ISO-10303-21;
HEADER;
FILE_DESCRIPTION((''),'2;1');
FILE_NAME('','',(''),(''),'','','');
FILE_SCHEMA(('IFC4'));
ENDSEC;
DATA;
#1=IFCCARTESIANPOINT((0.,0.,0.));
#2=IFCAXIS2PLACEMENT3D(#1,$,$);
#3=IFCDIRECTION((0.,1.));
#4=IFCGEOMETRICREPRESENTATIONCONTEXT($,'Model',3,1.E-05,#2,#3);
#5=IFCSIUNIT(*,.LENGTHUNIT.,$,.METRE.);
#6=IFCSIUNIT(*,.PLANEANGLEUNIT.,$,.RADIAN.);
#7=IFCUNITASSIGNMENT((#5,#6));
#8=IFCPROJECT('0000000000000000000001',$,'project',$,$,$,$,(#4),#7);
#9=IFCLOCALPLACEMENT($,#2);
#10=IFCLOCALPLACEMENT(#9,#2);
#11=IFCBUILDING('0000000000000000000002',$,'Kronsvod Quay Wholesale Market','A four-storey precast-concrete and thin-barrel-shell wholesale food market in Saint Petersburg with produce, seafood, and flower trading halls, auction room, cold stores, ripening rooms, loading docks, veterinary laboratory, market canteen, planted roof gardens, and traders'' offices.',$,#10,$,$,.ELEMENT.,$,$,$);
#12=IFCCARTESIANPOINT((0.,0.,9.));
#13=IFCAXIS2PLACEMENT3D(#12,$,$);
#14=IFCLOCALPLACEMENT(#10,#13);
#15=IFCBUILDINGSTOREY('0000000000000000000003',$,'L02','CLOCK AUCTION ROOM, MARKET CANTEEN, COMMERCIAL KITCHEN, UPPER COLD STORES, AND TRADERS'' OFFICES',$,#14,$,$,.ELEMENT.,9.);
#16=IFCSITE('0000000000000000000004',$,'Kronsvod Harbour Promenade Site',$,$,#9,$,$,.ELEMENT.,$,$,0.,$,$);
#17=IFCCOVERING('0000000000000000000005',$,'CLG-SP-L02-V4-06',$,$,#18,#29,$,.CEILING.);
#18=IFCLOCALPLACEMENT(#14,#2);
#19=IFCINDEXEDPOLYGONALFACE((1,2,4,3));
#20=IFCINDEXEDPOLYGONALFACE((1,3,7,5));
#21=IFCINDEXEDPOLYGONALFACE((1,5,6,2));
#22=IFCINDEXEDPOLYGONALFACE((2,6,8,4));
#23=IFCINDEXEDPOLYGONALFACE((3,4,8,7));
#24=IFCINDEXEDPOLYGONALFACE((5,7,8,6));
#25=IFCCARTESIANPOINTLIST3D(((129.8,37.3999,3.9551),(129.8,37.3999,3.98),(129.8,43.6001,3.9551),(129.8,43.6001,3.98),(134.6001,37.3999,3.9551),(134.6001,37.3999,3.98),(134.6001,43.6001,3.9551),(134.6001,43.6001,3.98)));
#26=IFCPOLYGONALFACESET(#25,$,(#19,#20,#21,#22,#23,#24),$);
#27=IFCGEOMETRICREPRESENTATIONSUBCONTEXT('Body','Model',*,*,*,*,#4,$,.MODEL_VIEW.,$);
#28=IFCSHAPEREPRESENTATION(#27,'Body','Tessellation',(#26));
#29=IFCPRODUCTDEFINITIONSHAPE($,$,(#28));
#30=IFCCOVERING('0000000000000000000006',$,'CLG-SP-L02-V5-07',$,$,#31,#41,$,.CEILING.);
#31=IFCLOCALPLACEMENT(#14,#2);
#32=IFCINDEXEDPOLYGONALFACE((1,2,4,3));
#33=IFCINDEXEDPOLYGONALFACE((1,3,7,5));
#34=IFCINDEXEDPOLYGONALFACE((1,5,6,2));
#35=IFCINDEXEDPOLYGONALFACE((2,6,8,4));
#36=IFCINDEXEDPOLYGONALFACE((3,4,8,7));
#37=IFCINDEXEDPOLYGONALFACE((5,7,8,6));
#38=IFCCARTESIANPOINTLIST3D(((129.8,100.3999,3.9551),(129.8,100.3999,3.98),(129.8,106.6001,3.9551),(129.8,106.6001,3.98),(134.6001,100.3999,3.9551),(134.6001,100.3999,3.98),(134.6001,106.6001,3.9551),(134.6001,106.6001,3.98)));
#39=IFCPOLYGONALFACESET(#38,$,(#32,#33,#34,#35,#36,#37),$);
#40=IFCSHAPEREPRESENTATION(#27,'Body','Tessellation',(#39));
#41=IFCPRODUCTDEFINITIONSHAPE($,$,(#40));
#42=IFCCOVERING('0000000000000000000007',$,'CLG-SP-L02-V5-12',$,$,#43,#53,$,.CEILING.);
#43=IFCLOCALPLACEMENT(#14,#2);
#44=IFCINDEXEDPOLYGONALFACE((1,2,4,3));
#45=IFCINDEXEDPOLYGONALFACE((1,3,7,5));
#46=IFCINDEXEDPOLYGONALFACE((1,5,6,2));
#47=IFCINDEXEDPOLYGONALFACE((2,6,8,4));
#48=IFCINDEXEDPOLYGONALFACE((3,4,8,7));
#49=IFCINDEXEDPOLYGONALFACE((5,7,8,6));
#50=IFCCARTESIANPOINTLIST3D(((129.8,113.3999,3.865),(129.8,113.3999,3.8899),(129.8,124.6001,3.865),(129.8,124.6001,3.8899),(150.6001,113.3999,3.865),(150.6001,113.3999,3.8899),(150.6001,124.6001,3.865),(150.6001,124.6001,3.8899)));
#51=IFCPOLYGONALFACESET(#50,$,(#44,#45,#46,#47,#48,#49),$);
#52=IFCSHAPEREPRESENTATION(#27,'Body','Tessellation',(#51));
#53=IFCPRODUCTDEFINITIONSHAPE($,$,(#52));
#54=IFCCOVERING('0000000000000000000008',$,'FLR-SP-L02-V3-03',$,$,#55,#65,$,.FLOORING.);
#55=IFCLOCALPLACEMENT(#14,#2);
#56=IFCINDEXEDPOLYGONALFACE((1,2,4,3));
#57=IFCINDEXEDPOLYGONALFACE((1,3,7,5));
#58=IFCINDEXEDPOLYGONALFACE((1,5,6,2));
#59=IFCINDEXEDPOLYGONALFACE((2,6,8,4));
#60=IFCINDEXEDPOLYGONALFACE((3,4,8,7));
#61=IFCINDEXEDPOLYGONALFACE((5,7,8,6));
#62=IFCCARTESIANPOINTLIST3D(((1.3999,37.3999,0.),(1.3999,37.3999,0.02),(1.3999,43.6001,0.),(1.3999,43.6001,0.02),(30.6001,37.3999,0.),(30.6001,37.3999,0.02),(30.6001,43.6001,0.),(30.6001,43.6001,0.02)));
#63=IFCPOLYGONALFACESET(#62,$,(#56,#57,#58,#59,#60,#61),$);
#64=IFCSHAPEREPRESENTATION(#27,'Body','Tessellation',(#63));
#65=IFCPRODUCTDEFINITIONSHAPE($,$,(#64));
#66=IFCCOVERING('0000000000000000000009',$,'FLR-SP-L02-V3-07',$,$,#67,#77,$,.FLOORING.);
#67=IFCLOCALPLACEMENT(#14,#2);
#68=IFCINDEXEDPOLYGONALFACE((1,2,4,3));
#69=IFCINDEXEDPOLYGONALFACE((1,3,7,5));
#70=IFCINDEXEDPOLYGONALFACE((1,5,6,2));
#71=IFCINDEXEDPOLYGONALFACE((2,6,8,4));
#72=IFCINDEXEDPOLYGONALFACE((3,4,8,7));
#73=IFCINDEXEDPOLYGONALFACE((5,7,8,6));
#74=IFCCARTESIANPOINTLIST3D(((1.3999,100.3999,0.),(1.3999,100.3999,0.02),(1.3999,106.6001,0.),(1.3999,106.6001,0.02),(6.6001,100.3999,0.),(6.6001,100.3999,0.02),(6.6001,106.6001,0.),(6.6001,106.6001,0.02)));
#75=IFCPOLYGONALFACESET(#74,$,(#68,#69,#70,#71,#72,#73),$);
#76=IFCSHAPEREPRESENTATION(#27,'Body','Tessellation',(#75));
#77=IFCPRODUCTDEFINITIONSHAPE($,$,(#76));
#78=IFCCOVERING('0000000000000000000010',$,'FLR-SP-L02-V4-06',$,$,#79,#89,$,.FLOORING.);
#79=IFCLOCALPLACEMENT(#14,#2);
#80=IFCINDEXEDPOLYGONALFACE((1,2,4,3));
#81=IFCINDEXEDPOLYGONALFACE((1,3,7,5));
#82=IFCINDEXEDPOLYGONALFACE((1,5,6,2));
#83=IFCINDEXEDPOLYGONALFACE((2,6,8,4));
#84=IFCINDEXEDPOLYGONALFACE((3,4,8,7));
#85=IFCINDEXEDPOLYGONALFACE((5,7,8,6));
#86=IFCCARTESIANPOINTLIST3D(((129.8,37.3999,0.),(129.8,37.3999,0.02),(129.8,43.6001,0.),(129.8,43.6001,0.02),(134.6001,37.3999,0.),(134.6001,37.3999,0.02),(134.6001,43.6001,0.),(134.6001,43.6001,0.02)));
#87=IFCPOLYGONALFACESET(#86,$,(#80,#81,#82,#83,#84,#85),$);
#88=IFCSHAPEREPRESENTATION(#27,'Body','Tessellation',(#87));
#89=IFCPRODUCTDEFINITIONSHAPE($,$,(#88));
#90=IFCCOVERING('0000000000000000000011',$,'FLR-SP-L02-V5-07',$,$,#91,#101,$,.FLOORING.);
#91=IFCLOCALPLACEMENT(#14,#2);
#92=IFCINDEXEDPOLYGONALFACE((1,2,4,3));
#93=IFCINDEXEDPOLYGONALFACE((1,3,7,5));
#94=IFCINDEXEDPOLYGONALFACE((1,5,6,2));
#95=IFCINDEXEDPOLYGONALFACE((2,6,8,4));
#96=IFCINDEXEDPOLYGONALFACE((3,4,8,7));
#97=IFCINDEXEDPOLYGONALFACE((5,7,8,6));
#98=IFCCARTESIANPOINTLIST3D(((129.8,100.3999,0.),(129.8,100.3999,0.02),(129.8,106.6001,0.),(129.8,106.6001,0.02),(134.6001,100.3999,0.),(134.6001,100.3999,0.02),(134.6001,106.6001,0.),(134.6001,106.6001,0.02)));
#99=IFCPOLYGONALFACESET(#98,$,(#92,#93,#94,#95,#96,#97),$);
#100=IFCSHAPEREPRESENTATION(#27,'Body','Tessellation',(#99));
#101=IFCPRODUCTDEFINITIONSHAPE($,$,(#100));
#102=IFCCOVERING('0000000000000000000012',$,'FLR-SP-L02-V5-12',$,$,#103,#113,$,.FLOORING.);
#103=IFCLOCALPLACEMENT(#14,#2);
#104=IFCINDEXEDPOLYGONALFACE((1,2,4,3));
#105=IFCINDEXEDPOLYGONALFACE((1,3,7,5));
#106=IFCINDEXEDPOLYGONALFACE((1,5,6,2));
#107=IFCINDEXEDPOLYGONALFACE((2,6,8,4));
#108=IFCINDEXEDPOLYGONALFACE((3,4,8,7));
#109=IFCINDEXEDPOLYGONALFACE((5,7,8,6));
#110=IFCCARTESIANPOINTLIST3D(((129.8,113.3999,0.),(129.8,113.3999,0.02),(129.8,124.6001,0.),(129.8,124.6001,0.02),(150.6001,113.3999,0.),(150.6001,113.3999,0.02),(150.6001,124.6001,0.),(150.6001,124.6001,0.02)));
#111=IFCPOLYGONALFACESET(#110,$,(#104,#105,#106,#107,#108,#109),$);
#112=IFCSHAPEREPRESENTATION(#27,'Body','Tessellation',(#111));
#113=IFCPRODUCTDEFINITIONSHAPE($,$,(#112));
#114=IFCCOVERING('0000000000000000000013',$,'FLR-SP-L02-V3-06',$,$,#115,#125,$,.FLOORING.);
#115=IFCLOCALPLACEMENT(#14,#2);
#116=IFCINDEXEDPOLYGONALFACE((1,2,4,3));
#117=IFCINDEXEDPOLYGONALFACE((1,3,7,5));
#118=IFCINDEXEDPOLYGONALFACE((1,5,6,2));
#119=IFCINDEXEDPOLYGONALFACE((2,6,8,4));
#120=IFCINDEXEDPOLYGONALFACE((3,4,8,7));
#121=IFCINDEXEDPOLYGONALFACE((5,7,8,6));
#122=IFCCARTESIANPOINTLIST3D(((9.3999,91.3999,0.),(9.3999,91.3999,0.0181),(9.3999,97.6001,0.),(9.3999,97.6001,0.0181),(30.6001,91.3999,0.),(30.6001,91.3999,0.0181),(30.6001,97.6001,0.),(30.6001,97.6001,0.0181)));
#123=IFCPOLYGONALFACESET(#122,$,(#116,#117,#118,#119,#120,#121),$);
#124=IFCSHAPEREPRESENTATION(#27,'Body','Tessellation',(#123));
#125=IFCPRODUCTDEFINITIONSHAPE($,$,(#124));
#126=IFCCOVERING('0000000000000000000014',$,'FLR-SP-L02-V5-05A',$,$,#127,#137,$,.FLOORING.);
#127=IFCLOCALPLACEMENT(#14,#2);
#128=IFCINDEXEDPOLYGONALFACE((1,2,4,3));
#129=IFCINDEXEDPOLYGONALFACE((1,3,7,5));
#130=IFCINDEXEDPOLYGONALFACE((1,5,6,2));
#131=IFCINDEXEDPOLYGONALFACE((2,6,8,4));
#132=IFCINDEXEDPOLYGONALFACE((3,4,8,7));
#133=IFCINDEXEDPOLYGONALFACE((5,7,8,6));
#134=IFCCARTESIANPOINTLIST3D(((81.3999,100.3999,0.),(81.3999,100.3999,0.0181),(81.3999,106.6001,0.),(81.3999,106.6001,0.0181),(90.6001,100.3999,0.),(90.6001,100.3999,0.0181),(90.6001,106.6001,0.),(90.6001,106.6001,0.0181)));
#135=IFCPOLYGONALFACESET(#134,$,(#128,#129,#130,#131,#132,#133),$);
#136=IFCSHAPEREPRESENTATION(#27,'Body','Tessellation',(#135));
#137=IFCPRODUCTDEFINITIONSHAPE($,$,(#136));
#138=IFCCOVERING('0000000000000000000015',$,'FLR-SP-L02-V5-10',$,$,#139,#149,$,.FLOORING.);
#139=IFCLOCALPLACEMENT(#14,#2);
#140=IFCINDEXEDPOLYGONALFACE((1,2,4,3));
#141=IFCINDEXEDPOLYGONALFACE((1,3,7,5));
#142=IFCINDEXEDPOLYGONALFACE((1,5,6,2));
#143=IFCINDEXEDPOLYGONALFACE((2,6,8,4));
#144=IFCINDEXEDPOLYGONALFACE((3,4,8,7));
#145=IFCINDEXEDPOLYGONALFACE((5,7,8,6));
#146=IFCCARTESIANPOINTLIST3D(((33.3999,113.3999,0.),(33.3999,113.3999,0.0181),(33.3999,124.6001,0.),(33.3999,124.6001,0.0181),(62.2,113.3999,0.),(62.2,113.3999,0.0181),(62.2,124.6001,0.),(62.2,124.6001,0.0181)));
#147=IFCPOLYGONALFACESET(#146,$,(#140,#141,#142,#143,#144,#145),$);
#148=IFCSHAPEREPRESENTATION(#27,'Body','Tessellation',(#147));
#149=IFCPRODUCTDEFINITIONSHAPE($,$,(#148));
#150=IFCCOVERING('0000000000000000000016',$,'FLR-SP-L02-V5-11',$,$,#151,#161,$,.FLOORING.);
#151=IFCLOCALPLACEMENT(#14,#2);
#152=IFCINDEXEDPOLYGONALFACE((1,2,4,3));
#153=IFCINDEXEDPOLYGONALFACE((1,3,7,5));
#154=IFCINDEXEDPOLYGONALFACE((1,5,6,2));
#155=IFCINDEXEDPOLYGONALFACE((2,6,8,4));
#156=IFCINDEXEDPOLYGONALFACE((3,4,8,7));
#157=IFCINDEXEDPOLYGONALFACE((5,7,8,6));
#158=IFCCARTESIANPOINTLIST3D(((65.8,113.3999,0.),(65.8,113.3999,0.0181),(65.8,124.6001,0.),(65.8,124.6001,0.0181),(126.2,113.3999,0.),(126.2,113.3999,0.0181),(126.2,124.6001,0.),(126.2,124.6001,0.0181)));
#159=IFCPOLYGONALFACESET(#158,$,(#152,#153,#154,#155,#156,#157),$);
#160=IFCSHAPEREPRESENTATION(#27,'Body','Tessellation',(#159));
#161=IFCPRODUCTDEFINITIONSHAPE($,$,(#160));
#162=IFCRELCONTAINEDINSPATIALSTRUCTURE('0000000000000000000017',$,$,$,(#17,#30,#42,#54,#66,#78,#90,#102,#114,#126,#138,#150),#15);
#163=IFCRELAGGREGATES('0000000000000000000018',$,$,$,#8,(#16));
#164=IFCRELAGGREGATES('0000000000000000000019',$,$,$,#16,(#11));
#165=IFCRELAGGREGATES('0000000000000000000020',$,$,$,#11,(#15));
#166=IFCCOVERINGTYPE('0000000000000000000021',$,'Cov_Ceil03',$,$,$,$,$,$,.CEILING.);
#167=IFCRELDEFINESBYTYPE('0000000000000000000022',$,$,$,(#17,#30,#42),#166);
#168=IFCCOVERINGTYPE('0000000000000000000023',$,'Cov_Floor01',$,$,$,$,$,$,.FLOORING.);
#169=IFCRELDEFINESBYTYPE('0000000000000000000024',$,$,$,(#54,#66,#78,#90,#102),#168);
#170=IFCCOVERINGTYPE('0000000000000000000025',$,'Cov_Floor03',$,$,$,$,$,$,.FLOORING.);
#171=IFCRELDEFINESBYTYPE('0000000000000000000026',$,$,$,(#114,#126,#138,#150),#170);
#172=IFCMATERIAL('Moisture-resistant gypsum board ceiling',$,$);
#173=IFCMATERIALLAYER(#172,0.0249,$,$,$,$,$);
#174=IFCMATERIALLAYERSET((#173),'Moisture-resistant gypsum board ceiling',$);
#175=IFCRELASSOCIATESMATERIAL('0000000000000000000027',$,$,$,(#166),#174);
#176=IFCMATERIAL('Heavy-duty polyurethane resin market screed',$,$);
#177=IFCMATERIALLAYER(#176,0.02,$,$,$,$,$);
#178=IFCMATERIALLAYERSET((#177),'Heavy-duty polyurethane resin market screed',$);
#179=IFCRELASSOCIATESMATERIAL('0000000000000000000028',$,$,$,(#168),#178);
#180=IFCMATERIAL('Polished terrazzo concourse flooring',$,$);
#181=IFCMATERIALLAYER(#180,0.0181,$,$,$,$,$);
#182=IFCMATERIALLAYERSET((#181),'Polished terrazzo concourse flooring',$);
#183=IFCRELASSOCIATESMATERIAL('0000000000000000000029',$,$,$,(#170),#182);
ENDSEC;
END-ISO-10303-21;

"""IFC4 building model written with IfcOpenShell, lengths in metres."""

from ifc_helpers import new_model, si_unit, direction, frame, origin, place, context, subcontext, project, spatial, polyline, outline, extrude, material, layer, layer_set, type_object, element, save


model = new_model("IFC4")

# Units and contexts
model_context = context("Model", 3, precision=1e-05, world=origin(), true_north=direction((0.0, 1.0)))
body_context = subcontext(model_context, "Body", "Model", "MODEL_VIEW")
ifc_project = project(units=[si_unit("LENGTHUNIT", "METRE"), si_unit("PLANEANGLEUNIT", "RADIAN")], contexts=[model_context])

# Site, building, storey
site_placement = place(None, origin())
site = spatial("IfcSite", under=ifc_project, at=site_placement, Name="Kronsvod Harbour Promenade Site", CompositionType="ELEMENT", RefElevation=0.0)
building_placement = place(site_placement, origin())
building = spatial("IfcBuilding", under=site, at=building_placement, Name="Kronsvod Quay Wholesale Market", Description="A four-storey precast-concrete and thin-barrel-shell wholesale food market in Saint Petersburg with produce, seafood, and flower trading halls, auction room, cold stores, ripening rooms, loading docks, veterinary laboratory, market canteen, planted roof gardens, and traders' offices.", CompositionType="ELEMENT")
storey_placement = place(building_placement, frame((0.0, 0.0, 9.0)))
storey = spatial("IfcBuildingStorey", under=building, at=storey_placement, Name="L02", Description="CLOCK AUCTION ROOM, MARKET CANTEEN, COMMERCIAL KITCHEN, UPPER COLD STORES, AND TRADERS' OFFICES", CompositionType="ELEMENT", Elevation=9.0)

# Coverings
ifc_material_1 = material(Name="Moisture-resistant gypsum board ceiling")
ifc_layer_1 = layer(ifc_material_1, 0.0249)
ifc_layer_set_1 = layer_set([ifc_layer_1], Name="Moisture-resistant gypsum board ceiling")
covering_type_1 = type_object("IfcCoveringType", Name="Cov_Ceil03", PredefinedType="CEILING", material=ifc_layer_set_1)
covering_1_placement = place(storey_placement, frame((0.0, 0.0, 3.9551)))
element("IfcCovering", 1, at=covering_1_placement, inside=storey, type_object=covering_type_1, Name="CLG-SP-L02-V4-06", PredefinedType="CEILING", context=body_context, shape_type="SweptSolid", body=[
    extrude(outline(polyline([(129.8, 37.3999), (134.6001, 37.3999), (134.6001, 43.6001), (129.8, 43.6001), (129.8, 37.3999)])), origin(), (0.0, 0.0, 1.0), 0.0249),
])
covering_2_placement = place(storey_placement, frame((0.0, 0.0, 3.9551)))
element("IfcCovering", 2, at=covering_2_placement, inside=storey, type_object=covering_type_1, Name="CLG-SP-L02-V5-07", PredefinedType="CEILING", context=body_context, shape_type="SweptSolid", body=[
    extrude(outline(polyline([(129.8, 100.3999), (134.6001, 100.3999), (134.6001, 106.6001), (129.8, 106.6001), (129.8, 100.3999)])), origin(), (0.0, 0.0, 1.0), 0.0249),
])
covering_3_placement = place(storey_placement, frame((0.0, 0.0, 3.865)))
element("IfcCovering", 3, at=covering_3_placement, inside=storey, type_object=covering_type_1, Name="CLG-SP-L02-V5-12", PredefinedType="CEILING", context=body_context, shape_type="SweptSolid", body=[
    extrude(outline(polyline([(129.8, 113.3999), (150.6001, 113.3999), (150.6001, 124.6001), (129.8, 124.6001), (129.8, 113.3999)])), origin(), (0.0, 0.0, 1.0), 0.0249),
])
ifc_material_2 = material(Name="Heavy-duty polyurethane resin market screed")
ifc_layer_2 = layer(ifc_material_2, 0.02)
ifc_layer_set_2 = layer_set([ifc_layer_2], Name="Heavy-duty polyurethane resin market screed")
covering_type_2 = type_object("IfcCoveringType", Name="Cov_Floor01", PredefinedType="FLOORING", material=ifc_layer_set_2)
covering_4_placement = place(storey_placement, origin())
element("IfcCovering", 4, at=covering_4_placement, inside=storey, type_object=covering_type_2, Name="FLR-SP-L02-V3-03", PredefinedType="FLOORING", context=body_context, shape_type="SweptSolid", body=[
    extrude(outline(polyline([(1.3999, 37.3999), (30.6001, 37.3999), (30.6001, 43.6001), (1.3999, 43.6001), (1.3999, 37.3999)])), origin(), (0.0, 0.0, 1.0), 0.02),
])
covering_5_placement = place(storey_placement, origin())
element("IfcCovering", 5, at=covering_5_placement, inside=storey, type_object=covering_type_2, Name="FLR-SP-L02-V3-07", PredefinedType="FLOORING", context=body_context, shape_type="SweptSolid", body=[
    extrude(outline(polyline([(1.3999, 100.3999), (6.6001, 100.3999), (6.6001, 106.6001), (1.3999, 106.6001), (1.3999, 100.3999)])), origin(), (0.0, 0.0, 1.0), 0.02),
])
covering_6_placement = place(storey_placement, origin())
element("IfcCovering", 6, at=covering_6_placement, inside=storey, type_object=covering_type_2, Name="FLR-SP-L02-V4-06", PredefinedType="FLOORING", context=body_context, shape_type="SweptSolid", body=[
    extrude(outline(polyline([(129.8, 37.3999), (134.6001, 37.3999), (134.6001, 43.6001), (129.8, 43.6001), (129.8, 37.3999)])), origin(), (0.0, 0.0, 1.0), 0.02),
])
covering_7_placement = place(storey_placement, origin())
element("IfcCovering", 7, at=covering_7_placement, inside=storey, type_object=covering_type_2, Name="FLR-SP-L02-V5-07", PredefinedType="FLOORING", context=body_context, shape_type="SweptSolid", body=[
    extrude(outline(polyline([(129.8, 100.3999), (134.6001, 100.3999), (134.6001, 106.6001), (129.8, 106.6001), (129.8, 100.3999)])), origin(), (0.0, 0.0, 1.0), 0.02),
])
covering_8_placement = place(storey_placement, origin())
element("IfcCovering", 8, at=covering_8_placement, inside=storey, type_object=covering_type_2, Name="FLR-SP-L02-V5-12", PredefinedType="FLOORING", context=body_context, shape_type="SweptSolid", body=[
    extrude(outline(polyline([(129.8, 113.3999), (150.6001, 113.3999), (150.6001, 124.6001), (129.8, 124.6001), (129.8, 113.3999)])), origin(), (0.0, 0.0, 1.0), 0.02),
])
ifc_material_3 = material(Name="Polished terrazzo concourse flooring")
ifc_layer_3 = layer(ifc_material_3, 0.0181)
ifc_layer_set_3 = layer_set([ifc_layer_3], Name="Polished terrazzo concourse flooring")
covering_type_3 = type_object("IfcCoveringType", Name="Cov_Floor03", PredefinedType="FLOORING", material=ifc_layer_set_3)
covering_9_placement = place(storey_placement, origin())
element("IfcCovering", 9, at=covering_9_placement, inside=storey, type_object=covering_type_3, Name="FLR-SP-L02-V3-06", PredefinedType="FLOORING", context=body_context, shape_type="SweptSolid", body=[
    extrude(outline(polyline([(9.3999, 91.3999), (30.6001, 91.3999), (30.6001, 97.6001), (9.3999, 97.6001), (9.3999, 91.3999)])), origin(), (0.0, 0.0, 1.0), 0.0181),
])
covering_10_placement = place(storey_placement, origin())
element("IfcCovering", 10, at=covering_10_placement, inside=storey, type_object=covering_type_3, Name="FLR-SP-L02-V5-05A", PredefinedType="FLOORING", context=body_context, shape_type="SweptSolid", body=[
    extrude(outline(polyline([(81.3999, 100.3999), (90.6001, 100.3999), (90.6001, 106.6001), (81.3999, 106.6001), (81.3999, 100.3999)])), origin(), (0.0, 0.0, 1.0), 0.0181),
])
covering_11_placement = place(storey_placement, origin())
element("IfcCovering", 11, at=covering_11_placement, inside=storey, type_object=covering_type_3, Name="FLR-SP-L02-V5-10", PredefinedType="FLOORING", context=body_context, shape_type="SweptSolid", body=[
    extrude(outline(polyline([(33.3999, 113.3999), (62.2, 113.3999), (62.2, 124.6001), (33.3999, 124.6001), (33.3999, 113.3999)])), origin(), (0.0, 0.0, 1.0), 0.0181),
])
covering_12_placement = place(storey_placement, origin())
element("IfcCovering", 12, at=covering_12_placement, inside=storey, type_object=covering_type_3, Name="FLR-SP-L02-V5-11", PredefinedType="FLOORING", context=body_context, shape_type="SweptSolid", body=[
    extrude(outline(polyline([(65.8, 113.3999), (126.2, 113.3999), (126.2, 124.6001), (65.8, 124.6001), (65.8, 113.3999)])), origin(), (0.0, 0.0, 1.0), 0.0181),
])

save(model, "model.ifc")
